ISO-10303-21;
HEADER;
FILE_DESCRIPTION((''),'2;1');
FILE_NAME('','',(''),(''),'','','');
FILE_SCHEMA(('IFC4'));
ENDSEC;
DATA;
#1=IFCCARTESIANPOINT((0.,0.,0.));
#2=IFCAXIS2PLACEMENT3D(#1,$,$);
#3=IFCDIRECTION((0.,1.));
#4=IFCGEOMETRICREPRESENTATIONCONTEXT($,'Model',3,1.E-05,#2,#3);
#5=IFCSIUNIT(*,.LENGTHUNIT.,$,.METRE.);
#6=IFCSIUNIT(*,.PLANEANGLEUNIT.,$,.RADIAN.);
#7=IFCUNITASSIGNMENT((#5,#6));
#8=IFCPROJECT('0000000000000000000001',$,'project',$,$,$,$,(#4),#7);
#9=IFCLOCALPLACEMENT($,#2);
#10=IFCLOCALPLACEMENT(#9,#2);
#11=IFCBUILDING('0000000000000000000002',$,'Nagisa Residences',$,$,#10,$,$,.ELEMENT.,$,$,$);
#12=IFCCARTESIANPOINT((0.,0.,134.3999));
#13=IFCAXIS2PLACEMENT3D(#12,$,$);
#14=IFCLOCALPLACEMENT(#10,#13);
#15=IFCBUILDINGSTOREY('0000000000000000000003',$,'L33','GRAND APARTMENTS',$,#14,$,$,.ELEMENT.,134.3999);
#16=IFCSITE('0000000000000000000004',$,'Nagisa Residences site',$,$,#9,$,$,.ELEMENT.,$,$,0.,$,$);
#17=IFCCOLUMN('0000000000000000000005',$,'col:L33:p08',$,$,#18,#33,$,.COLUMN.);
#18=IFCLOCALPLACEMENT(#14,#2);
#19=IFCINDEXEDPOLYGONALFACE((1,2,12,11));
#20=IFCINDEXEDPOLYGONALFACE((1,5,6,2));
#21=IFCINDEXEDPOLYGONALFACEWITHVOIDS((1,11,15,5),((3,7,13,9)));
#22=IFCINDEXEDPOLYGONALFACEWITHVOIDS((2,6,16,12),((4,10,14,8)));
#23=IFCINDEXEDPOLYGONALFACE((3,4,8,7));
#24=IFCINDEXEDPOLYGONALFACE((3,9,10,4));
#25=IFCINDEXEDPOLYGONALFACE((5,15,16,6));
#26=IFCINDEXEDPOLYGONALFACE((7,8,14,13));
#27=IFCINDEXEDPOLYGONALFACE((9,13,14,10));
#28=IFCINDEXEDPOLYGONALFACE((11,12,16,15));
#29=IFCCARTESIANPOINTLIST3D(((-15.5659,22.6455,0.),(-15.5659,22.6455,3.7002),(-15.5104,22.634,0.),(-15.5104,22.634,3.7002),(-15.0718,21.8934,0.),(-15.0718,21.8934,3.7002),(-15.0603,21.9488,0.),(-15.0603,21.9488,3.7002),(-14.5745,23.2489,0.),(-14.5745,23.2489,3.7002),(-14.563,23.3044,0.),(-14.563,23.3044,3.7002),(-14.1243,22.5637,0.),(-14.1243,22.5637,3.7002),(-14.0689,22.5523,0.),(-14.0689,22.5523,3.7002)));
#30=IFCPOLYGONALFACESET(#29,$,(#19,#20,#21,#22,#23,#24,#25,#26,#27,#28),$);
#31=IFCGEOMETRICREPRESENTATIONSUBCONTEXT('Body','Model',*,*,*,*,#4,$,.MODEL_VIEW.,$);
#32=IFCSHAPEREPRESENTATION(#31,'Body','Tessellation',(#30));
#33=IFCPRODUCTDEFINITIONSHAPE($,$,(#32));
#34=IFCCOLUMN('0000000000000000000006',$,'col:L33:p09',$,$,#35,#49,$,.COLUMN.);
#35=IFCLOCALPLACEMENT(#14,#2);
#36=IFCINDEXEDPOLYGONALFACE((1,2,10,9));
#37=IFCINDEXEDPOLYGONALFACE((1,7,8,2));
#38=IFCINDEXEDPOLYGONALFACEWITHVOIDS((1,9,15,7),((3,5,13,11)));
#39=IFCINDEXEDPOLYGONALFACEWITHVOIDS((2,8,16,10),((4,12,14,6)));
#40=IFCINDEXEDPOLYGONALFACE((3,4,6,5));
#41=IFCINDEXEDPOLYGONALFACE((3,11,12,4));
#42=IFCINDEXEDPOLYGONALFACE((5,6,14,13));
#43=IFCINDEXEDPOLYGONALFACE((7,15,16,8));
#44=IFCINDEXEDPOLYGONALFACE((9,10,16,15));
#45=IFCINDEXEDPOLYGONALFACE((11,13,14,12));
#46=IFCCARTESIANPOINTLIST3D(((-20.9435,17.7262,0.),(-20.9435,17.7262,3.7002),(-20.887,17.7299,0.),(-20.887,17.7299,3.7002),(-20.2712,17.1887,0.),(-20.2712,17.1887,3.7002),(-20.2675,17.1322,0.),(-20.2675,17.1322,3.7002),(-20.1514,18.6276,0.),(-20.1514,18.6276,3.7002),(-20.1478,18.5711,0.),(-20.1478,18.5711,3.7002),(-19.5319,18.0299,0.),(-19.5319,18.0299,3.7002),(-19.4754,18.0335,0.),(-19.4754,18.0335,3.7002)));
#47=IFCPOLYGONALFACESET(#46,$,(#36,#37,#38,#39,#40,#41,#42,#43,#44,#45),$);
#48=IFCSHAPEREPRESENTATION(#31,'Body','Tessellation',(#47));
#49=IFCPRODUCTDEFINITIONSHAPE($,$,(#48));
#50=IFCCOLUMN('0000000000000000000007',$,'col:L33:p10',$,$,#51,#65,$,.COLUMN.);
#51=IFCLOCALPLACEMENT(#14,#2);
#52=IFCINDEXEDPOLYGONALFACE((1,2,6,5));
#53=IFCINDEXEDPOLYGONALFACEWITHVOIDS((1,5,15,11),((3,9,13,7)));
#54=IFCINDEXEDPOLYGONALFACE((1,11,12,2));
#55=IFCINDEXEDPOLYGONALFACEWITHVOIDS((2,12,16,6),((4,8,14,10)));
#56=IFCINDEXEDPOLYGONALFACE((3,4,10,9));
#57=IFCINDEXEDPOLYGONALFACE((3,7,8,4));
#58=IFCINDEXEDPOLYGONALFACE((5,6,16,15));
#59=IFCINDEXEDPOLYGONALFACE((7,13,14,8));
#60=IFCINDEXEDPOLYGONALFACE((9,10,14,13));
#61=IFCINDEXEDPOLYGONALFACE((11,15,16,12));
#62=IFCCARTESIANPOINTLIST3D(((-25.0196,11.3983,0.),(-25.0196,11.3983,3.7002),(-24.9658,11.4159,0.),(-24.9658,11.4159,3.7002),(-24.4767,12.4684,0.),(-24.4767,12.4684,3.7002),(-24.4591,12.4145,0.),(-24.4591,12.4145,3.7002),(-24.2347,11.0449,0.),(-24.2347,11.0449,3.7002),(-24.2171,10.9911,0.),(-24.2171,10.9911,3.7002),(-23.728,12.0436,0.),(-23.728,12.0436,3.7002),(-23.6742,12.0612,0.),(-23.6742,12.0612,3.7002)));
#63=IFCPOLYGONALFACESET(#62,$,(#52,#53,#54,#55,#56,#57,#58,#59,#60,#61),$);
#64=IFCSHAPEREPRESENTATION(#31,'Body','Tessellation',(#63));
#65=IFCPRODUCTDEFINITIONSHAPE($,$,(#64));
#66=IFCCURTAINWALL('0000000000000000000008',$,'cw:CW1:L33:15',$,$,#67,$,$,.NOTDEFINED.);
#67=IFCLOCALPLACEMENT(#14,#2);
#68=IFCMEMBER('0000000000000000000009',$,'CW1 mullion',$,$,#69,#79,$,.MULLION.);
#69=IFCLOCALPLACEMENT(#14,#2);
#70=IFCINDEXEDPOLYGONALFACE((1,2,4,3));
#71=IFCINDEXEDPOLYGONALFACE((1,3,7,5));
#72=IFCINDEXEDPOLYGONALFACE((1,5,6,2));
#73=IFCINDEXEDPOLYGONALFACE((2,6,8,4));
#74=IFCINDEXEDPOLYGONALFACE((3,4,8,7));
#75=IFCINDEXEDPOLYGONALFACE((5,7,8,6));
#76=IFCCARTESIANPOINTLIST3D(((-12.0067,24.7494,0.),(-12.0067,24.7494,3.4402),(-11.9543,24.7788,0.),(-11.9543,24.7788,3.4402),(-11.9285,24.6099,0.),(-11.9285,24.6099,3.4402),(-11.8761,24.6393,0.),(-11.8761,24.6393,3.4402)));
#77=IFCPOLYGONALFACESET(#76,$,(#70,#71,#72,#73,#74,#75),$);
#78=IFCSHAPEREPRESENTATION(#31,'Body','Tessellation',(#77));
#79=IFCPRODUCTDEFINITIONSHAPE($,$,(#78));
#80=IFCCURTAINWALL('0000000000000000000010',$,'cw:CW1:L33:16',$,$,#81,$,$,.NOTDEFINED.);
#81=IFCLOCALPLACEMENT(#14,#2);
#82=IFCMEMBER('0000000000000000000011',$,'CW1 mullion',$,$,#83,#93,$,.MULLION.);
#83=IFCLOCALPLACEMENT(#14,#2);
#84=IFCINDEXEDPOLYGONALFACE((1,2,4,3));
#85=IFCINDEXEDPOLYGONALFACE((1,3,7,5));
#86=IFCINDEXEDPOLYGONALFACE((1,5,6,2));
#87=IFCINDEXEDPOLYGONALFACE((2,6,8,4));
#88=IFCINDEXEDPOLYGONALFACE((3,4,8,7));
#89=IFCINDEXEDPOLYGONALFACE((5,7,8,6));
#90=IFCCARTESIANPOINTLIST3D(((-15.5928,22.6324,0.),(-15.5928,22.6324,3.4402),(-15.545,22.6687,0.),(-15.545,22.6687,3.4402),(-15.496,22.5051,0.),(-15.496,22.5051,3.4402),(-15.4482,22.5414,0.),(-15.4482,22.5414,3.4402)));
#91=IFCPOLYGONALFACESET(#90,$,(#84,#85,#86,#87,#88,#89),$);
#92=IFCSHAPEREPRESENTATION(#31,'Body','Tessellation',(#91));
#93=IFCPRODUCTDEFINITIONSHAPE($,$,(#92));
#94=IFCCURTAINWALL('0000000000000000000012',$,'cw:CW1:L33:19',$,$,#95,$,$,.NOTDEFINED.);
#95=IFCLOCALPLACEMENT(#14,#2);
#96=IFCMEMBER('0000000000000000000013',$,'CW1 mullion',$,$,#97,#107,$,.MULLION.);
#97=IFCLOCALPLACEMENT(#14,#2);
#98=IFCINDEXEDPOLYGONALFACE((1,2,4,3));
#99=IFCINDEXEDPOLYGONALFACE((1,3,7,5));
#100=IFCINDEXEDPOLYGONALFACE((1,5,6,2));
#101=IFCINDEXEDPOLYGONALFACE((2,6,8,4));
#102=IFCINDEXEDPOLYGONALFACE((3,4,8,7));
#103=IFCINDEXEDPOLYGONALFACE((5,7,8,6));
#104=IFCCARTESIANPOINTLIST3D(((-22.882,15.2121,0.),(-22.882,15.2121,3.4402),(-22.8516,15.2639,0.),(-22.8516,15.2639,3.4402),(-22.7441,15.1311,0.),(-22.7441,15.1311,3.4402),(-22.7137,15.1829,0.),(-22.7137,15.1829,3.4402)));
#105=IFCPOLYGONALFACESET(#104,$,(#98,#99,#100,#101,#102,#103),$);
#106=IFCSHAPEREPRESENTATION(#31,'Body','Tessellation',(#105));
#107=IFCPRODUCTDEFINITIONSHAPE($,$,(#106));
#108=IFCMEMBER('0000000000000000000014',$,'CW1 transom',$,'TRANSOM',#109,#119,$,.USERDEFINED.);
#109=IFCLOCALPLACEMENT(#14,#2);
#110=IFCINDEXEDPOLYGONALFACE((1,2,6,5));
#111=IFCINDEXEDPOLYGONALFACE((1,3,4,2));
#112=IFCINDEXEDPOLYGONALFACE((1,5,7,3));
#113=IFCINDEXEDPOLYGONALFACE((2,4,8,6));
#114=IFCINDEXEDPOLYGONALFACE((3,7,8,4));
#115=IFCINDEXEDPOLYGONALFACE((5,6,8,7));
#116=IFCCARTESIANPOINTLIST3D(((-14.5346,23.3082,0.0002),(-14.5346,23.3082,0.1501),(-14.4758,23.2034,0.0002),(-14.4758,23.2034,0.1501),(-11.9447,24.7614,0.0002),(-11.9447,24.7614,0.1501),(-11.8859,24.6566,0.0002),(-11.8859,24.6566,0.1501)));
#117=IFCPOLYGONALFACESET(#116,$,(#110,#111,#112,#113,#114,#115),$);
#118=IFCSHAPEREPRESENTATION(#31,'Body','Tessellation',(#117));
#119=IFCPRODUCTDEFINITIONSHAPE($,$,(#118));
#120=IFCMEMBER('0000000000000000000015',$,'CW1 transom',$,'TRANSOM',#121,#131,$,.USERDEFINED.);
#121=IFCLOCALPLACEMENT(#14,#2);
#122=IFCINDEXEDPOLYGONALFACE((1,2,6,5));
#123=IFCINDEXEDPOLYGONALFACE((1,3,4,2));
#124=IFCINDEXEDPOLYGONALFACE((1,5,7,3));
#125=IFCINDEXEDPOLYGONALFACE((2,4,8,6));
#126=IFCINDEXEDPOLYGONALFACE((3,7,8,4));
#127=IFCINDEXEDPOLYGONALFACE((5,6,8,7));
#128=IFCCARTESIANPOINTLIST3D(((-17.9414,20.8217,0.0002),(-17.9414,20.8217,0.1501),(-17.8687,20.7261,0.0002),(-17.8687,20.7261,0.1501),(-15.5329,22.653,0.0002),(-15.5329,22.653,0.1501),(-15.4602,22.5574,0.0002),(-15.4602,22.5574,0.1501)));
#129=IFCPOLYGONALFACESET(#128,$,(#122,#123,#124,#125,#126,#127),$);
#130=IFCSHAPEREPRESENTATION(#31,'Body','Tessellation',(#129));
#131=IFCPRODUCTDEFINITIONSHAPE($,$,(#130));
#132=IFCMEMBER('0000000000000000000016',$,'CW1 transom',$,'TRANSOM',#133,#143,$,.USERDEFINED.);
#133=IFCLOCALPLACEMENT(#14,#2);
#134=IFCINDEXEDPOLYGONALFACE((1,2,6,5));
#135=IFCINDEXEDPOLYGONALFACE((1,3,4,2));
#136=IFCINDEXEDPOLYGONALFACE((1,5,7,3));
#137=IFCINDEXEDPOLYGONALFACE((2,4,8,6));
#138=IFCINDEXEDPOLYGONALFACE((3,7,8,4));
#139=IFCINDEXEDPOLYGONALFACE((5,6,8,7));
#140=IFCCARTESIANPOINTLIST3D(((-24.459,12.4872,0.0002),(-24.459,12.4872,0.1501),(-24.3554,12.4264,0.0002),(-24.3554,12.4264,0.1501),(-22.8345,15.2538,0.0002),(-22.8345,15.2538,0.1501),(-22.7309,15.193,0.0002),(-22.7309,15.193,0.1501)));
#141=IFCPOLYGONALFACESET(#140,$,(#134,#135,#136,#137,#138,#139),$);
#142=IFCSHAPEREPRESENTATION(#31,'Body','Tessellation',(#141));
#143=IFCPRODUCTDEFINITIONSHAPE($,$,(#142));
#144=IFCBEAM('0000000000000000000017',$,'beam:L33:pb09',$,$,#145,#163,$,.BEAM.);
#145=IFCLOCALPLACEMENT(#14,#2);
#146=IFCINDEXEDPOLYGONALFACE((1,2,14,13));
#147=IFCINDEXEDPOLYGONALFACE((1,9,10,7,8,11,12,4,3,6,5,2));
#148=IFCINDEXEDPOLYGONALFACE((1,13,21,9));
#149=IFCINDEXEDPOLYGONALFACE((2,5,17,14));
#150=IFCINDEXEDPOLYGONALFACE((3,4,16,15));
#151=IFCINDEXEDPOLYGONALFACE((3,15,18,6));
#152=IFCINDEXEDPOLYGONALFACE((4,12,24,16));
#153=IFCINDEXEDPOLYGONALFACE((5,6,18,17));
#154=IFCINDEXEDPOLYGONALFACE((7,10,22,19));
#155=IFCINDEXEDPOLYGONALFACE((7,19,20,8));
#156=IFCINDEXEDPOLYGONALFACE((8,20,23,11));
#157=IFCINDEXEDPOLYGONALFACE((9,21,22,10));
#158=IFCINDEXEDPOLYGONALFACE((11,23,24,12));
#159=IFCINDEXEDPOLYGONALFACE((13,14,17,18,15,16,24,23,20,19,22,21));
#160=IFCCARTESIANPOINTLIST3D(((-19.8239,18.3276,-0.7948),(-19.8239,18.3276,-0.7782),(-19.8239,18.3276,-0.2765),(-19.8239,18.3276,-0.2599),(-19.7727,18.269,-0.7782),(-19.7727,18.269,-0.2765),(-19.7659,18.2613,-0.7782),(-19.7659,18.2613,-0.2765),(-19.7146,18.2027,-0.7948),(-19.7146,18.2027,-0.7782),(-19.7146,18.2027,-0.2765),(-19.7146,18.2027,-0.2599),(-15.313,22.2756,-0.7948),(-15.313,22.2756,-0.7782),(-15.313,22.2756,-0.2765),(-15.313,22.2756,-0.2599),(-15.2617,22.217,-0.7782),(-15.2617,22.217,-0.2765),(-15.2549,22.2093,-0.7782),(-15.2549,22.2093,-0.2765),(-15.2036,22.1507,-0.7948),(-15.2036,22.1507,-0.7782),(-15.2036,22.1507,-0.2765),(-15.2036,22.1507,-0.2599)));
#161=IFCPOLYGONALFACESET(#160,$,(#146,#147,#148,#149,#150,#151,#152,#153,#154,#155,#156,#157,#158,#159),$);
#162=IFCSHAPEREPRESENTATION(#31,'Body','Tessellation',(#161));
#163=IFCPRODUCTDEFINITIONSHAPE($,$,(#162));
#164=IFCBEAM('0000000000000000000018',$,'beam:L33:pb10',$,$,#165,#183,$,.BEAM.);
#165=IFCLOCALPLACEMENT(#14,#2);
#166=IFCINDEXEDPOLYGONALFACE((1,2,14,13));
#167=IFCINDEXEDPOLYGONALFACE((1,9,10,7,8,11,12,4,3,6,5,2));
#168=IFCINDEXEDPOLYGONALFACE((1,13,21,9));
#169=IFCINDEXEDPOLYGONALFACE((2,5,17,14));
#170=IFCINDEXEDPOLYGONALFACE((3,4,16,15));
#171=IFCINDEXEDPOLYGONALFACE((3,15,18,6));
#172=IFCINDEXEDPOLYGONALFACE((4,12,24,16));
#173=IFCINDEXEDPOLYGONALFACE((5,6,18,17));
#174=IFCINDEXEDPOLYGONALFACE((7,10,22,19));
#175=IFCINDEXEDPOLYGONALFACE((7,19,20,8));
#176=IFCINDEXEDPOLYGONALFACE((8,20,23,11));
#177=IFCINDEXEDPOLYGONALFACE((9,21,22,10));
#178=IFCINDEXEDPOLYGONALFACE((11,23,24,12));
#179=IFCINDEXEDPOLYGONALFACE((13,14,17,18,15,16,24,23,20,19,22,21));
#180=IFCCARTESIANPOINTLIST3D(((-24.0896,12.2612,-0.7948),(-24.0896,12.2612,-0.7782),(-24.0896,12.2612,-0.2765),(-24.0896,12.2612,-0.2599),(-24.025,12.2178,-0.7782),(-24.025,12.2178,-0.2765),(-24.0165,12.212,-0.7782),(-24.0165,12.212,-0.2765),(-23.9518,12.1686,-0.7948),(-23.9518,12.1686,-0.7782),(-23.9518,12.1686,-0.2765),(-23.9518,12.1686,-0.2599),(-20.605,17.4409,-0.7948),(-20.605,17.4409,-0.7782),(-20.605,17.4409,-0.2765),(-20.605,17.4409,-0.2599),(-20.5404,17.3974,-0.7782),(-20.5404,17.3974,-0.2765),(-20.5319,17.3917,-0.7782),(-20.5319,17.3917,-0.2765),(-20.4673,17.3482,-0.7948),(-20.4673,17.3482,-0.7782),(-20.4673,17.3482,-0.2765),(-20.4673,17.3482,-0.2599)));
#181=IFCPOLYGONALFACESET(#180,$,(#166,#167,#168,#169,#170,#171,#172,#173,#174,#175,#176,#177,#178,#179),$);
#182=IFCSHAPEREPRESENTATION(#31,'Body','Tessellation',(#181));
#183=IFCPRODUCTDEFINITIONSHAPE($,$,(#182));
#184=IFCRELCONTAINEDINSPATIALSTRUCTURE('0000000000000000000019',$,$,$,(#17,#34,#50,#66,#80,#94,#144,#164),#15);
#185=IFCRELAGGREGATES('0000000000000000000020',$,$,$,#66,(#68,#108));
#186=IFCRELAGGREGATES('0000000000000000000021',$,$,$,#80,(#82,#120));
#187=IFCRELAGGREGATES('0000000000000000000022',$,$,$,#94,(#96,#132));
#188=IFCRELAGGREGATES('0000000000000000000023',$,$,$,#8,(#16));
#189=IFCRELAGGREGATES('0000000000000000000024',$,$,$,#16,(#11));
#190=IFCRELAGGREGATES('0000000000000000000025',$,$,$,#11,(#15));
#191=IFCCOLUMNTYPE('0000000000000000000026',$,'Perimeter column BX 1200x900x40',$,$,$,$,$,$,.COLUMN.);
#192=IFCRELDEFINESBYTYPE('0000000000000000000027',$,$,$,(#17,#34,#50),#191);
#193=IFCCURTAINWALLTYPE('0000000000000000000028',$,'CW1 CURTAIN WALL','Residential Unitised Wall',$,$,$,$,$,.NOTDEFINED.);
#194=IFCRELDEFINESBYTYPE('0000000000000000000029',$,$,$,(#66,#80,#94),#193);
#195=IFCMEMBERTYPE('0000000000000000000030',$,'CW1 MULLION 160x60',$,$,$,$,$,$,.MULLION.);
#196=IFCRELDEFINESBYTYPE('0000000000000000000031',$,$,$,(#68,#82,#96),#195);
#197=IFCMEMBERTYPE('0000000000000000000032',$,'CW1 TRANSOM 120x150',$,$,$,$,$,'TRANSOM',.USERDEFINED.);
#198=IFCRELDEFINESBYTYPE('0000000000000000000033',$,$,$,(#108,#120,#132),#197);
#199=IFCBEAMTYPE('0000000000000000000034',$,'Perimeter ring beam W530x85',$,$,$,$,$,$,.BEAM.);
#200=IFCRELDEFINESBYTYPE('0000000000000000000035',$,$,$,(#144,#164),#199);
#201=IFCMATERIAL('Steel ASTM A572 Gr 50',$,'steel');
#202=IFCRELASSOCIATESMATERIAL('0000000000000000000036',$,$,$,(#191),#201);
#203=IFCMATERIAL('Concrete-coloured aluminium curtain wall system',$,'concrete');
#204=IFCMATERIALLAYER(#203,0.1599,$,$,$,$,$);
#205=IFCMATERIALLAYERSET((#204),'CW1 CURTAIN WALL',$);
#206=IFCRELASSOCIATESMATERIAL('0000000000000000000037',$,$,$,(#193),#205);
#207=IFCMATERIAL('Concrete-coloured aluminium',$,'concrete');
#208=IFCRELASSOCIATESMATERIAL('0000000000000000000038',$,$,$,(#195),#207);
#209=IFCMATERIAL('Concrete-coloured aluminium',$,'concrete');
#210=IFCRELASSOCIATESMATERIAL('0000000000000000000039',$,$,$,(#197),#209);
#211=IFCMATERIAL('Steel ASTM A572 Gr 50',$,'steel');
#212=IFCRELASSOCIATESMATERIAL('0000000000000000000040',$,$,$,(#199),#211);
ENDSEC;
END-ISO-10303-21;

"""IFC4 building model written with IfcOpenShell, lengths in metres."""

from ifc_helpers import new_model, si_unit, direction, frame, origin, origin_2d, place, context, subcontext, project, spatial, rectangle, hollow_rectangle, i_section, extrude, material, layer, layer_set, material_profile, profile_set, type_object, element, aggregate, save


model = new_model("IFC4")

# Units and contexts
model_context = context("Model", 3, precision=1e-05, world=origin(), true_north=direction((0.0, 1.0)))
body_context = subcontext(model_context, "Body", "Model", "MODEL_VIEW")
ifc_project = project(units=[si_unit("LENGTHUNIT", "METRE"), si_unit("PLANEANGLEUNIT", "RADIAN")], contexts=[model_context])

# Site, building, storey
site_placement = place(None, origin())
site = spatial("IfcSite", under=ifc_project, at=site_placement, Name="Nagisa Residences site", CompositionType="ELEMENT", RefElevation=0.0)
building_placement = place(site_placement, origin())
building = spatial("IfcBuilding", under=site, at=building_placement, Name="Nagisa Residences", CompositionType="ELEMENT")
storey_placement = place(building_placement, frame((0.0, 0.0, 134.3999)))
storey = spatial("IfcBuildingStorey", under=building, at=storey_placement, Name="L33", Description="GRAND APARTMENTS", CompositionType="ELEMENT", Elevation=134.3999)

# Columns
ifc_material_1 = material(Name="Steel ASTM A572 Gr 50", Category="steel")
ifc_material_profile_1 = material_profile(ifc_material_1, hollow_rectangle(XDim=1.2, YDim=0.8999, WallThickness=0.04, at=origin_2d()), Name="BX 1200x900x40")
ifc_profile_set_1 = profile_set([ifc_material_profile_1], Name="Steel ASTM A572 Gr 50")
column_type = type_object("IfcColumnType", Name="Perimeter column BX 1200x900x40", PredefinedType="COLUMN", material=ifc_profile_set_1)
for number, where, z_axis, x_axis, name in (
    (1, (-14.8174, 22.5989, 0.0), (0.0, 0.0, 1.0), (-0.835766, -0.549086, 0.0), "col:L33:p08"),
    (2, (-20.2095, 17.8799, 0.0), (0.0, 0.0, 1.0), (-0.660115, -0.751165, 0.0), "col:L33:p09"),
    (3, (-24.3469, 11.7297, 0.0), (0.0, 0.0, 1.0), (-0.452463, -0.891783, 0.0), "col:L33:p10"),
):
    element("IfcColumn", number, at=place(storey_placement, frame(where, z_axis=z_axis, x_axis=x_axis)), inside=storey, type_object=column_type, Name=name, PredefinedType="COLUMN", context=body_context, shape_type="SweptSolid", body=[
        extrude(hollow_rectangle(XDim=1.2, YDim=0.8999, WallThickness=0.04, at=origin_2d()), origin(), (0.0, 0.0, 1.0), 3.7002),
    ])

# Curtain walls, members
ifc_material_2 = material(Name="Concrete-coloured aluminium curtain wall system", Category="concrete")
ifc_layer_1 = layer(ifc_material_2, 0.1599)
ifc_layer_set_1 = layer_set([ifc_layer_1], Name="CW1 CURTAIN WALL")
curtain_wall_type = type_object("IfcCurtainWallType", Name="CW1 CURTAIN WALL", Description="Residential Unitised Wall", PredefinedType="NOTDEFINED", material=ifc_layer_set_1)
curtain_wall_1_placement = place(storey_placement, origin())
curtain_wall_1 = element("IfcCurtainWall", 4, at=curtain_wall_1_placement, inside=storey, type_object=curtain_wall_type, Name="cw:CW1:L33:15", PredefinedType="NOTDEFINED")
ifc_material_3 = material(Name="Concrete-coloured aluminium", Category="concrete")
ifc_material_profile_2 = material_profile(ifc_material_3, rectangle(XDim=0.1599, YDim=0.0601, at=origin_2d()), Name="CW1 MULLION 160x60")
ifc_profile_set_2 = profile_set([ifc_material_profile_2], Name="Concrete-coloured aluminium")
member_type_1 = type_object("IfcMemberType", Name="CW1 MULLION 160x60", PredefinedType="MULLION", material=ifc_profile_set_2)
member_1_placement = place(storey_placement, frame((-11.9414, 24.6943, 0.0), z_axis=(0.0, 0.0, 1.0), x_axis=(0.489377, -0.872072, 0.0)))
member_1 = element("IfcMember", 5, at=member_1_placement, type_object=member_type_1, Name="CW1 mullion", PredefinedType="MULLION", context=body_context, shape_type="SweptSolid", body=[
    extrude(rectangle(XDim=0.1599, YDim=0.0601, at=origin_2d()), origin(), (0.0, 0.0, 1.0), 3.4402),
])
curtain_wall_2_placement = place(storey_placement, origin())
curtain_wall_2 = element("IfcCurtainWall", 6, at=curtain_wall_2_placement, inside=storey, type_object=curtain_wall_type, Name="cw:CW1:L33:16", PredefinedType="NOTDEFINED")
member_2_placement = place(storey_placement, frame((-15.5205, 22.5869, 0.0), z_axis=(0.0, 0.0, 1.0), x_axis=(0.605255, -0.796031, 0.0)))
member_2 = element("IfcMember", 7, at=member_2_placement, type_object=member_type_1, Name="CW1 mullion", PredefinedType="MULLION", context=body_context, shape_type="SweptSolid", body=[
    extrude(rectangle(XDim=0.1599, YDim=0.0601, at=origin_2d()), origin(), (0.0, 0.0, 1.0), 3.4402),
])
curtain_wall_3_placement = place(storey_placement, origin())
curtain_wall_3 = element("IfcCurtainWall", 8, at=curtain_wall_3_placement, inside=storey, type_object=curtain_wall_type, Name="cw:CW1:L33:19", PredefinedType="NOTDEFINED")
member_3_placement = place(storey_placement, frame((-22.7979, 15.1975, 0.0), z_axis=(0.0, 0.0, 1.0), x_axis=(0.862329, -0.506349, 0.0)))
member_3 = element("IfcMember", 9, at=member_3_placement, type_object=member_type_1, Name="CW1 mullion", PredefinedType="MULLION", context=body_context, shape_type="SweptSolid", body=[
    extrude(rectangle(XDim=0.1599, YDim=0.0601, at=origin_2d()), origin(), (0.0, 0.0, 1.0), 3.4402),
])

# Members
ifc_material_4 = material(Name="Concrete-coloured aluminium", Category="concrete")
ifc_material_profile_3 = material_profile(ifc_material_4, rectangle(XDim=0.1201, YDim=0.1499, at=origin_2d()), Name="CW1 TRANSOM 120x150")
ifc_profile_set_3 = profile_set([ifc_material_profile_3], Name="Concrete-coloured aluminium")
member_type_2 = type_object("IfcMemberType", Name="CW1 TRANSOM 120x150", ElementType="TRANSOM", PredefinedType="USERDEFINED", material=ifc_profile_set_3)
member_4_placement = place(storey_placement, frame((-11.9153, 24.709, 0.0752), z_axis=(-0.872102, -0.489324, 0.0), x_axis=(0.489324, -0.872102, 0.0)))
member_4 = element("IfcMember", 10, at=member_4_placement, type_object=member_type_2, Name="CW1 transom", ObjectType="TRANSOM", PredefinedType="USERDEFINED", context=body_context, shape_type="SweptSolid", body=[
    extrude(rectangle(XDim=0.1201, YDim=0.1499, at=origin_2d()), origin(), (0.0, 0.0, 1.0), 2.9697),
])
member_5_placement = place(storey_placement, frame((-15.4966, 22.6052, 0.0752), z_axis=(-0.796022, -0.605267, 0.0), x_axis=(0.605267, -0.796022, 0.0)))
member_5 = element("IfcMember", 11, at=member_5_placement, type_object=member_type_2, Name="CW1 transom", ObjectType="TRANSOM", PredefinedType="USERDEFINED", context=body_context, shape_type="SweptSolid", body=[
    extrude(rectangle(XDim=0.1201, YDim=0.1499, at=origin_2d()), origin(), (0.0, 0.0, 1.0), 3.0256),
])
member_6_placement = place(storey_placement, frame((-22.7827, 15.2234, 0.0752), z_axis=(-0.506348, -0.862329, 0.0), x_axis=(0.862329, -0.506348, 0.0)))
member_6 = element("IfcMember", 12, at=member_6_placement, type_object=member_type_2, Name="CW1 transom", ObjectType="TRANSOM", PredefinedType="USERDEFINED", context=body_context, shape_type="SweptSolid", body=[
    extrude(rectangle(XDim=0.1201, YDim=0.1499, at=origin_2d()), origin(), (0.0, 0.0, 1.0), 3.2083),
])

# Beams
ifc_material_5 = material(Name="Steel ASTM A572 Gr 50", Category="steel")
ifc_material_profile_4 = material_profile(ifc_material_5, i_section(OverallWidth=0.166, OverallDepth=0.5349, WebThickness=0.0103, FlangeThickness=0.0166, at=origin_2d()), Name="W530x85")
ifc_profile_set_4 = profile_set([ifc_material_profile_4], Name="Steel ASTM A572 Gr 50")
beam_type_1 = type_object("IfcBeamType", Name="Perimeter ring beam W530x85", PredefinedType="BEAM", material=ifc_profile_set_4)
beam_1_placement = place(storey_placement, frame((-15.2583, 22.2131, -0.5273), z_axis=(-0.752504, -0.658588, 0.0), x_axis=(0.658588, -0.752504, 0.0)))
element("IfcBeam", 13, at=beam_1_placement, inside=storey, type_object=beam_type_1, Name="beam:L33:pb09", PredefinedType="BEAM", context=body_context, shape_type="SweptSolid", body=[
    extrude(i_section(OverallWidth=0.166, OverallDepth=0.5349, WebThickness=0.0103, FlangeThickness=0.0166, at=origin_2d()), origin(), (0.0, 0.0, 1.0), 5.9946),
])
beam_2_placement = place(storey_placement, frame((-20.5361, 17.3945, -0.5273), z_axis=(-0.558188, -0.829715, 0.0), x_axis=(0.829715, -0.558188, 0.0)))
element("IfcBeam", 14, at=beam_2_placement, inside=storey, type_object=beam_type_1, Name="beam:L33:pb10", PredefinedType="BEAM", context=body_context, shape_type="SweptSolid", body=[
    extrude(i_section(OverallWidth=0.166, OverallDepth=0.5349, WebThickness=0.0103, FlangeThickness=0.0166, at=origin_2d()), origin(), (0.0, 0.0, 1.0), 6.2427),
])

aggregate(curtain_wall_1, [member_1, member_4])
aggregate(curtain_wall_2, [member_2, member_5])
aggregate(curtain_wall_3, [member_3, member_6])

save(model, "model.ifc")
